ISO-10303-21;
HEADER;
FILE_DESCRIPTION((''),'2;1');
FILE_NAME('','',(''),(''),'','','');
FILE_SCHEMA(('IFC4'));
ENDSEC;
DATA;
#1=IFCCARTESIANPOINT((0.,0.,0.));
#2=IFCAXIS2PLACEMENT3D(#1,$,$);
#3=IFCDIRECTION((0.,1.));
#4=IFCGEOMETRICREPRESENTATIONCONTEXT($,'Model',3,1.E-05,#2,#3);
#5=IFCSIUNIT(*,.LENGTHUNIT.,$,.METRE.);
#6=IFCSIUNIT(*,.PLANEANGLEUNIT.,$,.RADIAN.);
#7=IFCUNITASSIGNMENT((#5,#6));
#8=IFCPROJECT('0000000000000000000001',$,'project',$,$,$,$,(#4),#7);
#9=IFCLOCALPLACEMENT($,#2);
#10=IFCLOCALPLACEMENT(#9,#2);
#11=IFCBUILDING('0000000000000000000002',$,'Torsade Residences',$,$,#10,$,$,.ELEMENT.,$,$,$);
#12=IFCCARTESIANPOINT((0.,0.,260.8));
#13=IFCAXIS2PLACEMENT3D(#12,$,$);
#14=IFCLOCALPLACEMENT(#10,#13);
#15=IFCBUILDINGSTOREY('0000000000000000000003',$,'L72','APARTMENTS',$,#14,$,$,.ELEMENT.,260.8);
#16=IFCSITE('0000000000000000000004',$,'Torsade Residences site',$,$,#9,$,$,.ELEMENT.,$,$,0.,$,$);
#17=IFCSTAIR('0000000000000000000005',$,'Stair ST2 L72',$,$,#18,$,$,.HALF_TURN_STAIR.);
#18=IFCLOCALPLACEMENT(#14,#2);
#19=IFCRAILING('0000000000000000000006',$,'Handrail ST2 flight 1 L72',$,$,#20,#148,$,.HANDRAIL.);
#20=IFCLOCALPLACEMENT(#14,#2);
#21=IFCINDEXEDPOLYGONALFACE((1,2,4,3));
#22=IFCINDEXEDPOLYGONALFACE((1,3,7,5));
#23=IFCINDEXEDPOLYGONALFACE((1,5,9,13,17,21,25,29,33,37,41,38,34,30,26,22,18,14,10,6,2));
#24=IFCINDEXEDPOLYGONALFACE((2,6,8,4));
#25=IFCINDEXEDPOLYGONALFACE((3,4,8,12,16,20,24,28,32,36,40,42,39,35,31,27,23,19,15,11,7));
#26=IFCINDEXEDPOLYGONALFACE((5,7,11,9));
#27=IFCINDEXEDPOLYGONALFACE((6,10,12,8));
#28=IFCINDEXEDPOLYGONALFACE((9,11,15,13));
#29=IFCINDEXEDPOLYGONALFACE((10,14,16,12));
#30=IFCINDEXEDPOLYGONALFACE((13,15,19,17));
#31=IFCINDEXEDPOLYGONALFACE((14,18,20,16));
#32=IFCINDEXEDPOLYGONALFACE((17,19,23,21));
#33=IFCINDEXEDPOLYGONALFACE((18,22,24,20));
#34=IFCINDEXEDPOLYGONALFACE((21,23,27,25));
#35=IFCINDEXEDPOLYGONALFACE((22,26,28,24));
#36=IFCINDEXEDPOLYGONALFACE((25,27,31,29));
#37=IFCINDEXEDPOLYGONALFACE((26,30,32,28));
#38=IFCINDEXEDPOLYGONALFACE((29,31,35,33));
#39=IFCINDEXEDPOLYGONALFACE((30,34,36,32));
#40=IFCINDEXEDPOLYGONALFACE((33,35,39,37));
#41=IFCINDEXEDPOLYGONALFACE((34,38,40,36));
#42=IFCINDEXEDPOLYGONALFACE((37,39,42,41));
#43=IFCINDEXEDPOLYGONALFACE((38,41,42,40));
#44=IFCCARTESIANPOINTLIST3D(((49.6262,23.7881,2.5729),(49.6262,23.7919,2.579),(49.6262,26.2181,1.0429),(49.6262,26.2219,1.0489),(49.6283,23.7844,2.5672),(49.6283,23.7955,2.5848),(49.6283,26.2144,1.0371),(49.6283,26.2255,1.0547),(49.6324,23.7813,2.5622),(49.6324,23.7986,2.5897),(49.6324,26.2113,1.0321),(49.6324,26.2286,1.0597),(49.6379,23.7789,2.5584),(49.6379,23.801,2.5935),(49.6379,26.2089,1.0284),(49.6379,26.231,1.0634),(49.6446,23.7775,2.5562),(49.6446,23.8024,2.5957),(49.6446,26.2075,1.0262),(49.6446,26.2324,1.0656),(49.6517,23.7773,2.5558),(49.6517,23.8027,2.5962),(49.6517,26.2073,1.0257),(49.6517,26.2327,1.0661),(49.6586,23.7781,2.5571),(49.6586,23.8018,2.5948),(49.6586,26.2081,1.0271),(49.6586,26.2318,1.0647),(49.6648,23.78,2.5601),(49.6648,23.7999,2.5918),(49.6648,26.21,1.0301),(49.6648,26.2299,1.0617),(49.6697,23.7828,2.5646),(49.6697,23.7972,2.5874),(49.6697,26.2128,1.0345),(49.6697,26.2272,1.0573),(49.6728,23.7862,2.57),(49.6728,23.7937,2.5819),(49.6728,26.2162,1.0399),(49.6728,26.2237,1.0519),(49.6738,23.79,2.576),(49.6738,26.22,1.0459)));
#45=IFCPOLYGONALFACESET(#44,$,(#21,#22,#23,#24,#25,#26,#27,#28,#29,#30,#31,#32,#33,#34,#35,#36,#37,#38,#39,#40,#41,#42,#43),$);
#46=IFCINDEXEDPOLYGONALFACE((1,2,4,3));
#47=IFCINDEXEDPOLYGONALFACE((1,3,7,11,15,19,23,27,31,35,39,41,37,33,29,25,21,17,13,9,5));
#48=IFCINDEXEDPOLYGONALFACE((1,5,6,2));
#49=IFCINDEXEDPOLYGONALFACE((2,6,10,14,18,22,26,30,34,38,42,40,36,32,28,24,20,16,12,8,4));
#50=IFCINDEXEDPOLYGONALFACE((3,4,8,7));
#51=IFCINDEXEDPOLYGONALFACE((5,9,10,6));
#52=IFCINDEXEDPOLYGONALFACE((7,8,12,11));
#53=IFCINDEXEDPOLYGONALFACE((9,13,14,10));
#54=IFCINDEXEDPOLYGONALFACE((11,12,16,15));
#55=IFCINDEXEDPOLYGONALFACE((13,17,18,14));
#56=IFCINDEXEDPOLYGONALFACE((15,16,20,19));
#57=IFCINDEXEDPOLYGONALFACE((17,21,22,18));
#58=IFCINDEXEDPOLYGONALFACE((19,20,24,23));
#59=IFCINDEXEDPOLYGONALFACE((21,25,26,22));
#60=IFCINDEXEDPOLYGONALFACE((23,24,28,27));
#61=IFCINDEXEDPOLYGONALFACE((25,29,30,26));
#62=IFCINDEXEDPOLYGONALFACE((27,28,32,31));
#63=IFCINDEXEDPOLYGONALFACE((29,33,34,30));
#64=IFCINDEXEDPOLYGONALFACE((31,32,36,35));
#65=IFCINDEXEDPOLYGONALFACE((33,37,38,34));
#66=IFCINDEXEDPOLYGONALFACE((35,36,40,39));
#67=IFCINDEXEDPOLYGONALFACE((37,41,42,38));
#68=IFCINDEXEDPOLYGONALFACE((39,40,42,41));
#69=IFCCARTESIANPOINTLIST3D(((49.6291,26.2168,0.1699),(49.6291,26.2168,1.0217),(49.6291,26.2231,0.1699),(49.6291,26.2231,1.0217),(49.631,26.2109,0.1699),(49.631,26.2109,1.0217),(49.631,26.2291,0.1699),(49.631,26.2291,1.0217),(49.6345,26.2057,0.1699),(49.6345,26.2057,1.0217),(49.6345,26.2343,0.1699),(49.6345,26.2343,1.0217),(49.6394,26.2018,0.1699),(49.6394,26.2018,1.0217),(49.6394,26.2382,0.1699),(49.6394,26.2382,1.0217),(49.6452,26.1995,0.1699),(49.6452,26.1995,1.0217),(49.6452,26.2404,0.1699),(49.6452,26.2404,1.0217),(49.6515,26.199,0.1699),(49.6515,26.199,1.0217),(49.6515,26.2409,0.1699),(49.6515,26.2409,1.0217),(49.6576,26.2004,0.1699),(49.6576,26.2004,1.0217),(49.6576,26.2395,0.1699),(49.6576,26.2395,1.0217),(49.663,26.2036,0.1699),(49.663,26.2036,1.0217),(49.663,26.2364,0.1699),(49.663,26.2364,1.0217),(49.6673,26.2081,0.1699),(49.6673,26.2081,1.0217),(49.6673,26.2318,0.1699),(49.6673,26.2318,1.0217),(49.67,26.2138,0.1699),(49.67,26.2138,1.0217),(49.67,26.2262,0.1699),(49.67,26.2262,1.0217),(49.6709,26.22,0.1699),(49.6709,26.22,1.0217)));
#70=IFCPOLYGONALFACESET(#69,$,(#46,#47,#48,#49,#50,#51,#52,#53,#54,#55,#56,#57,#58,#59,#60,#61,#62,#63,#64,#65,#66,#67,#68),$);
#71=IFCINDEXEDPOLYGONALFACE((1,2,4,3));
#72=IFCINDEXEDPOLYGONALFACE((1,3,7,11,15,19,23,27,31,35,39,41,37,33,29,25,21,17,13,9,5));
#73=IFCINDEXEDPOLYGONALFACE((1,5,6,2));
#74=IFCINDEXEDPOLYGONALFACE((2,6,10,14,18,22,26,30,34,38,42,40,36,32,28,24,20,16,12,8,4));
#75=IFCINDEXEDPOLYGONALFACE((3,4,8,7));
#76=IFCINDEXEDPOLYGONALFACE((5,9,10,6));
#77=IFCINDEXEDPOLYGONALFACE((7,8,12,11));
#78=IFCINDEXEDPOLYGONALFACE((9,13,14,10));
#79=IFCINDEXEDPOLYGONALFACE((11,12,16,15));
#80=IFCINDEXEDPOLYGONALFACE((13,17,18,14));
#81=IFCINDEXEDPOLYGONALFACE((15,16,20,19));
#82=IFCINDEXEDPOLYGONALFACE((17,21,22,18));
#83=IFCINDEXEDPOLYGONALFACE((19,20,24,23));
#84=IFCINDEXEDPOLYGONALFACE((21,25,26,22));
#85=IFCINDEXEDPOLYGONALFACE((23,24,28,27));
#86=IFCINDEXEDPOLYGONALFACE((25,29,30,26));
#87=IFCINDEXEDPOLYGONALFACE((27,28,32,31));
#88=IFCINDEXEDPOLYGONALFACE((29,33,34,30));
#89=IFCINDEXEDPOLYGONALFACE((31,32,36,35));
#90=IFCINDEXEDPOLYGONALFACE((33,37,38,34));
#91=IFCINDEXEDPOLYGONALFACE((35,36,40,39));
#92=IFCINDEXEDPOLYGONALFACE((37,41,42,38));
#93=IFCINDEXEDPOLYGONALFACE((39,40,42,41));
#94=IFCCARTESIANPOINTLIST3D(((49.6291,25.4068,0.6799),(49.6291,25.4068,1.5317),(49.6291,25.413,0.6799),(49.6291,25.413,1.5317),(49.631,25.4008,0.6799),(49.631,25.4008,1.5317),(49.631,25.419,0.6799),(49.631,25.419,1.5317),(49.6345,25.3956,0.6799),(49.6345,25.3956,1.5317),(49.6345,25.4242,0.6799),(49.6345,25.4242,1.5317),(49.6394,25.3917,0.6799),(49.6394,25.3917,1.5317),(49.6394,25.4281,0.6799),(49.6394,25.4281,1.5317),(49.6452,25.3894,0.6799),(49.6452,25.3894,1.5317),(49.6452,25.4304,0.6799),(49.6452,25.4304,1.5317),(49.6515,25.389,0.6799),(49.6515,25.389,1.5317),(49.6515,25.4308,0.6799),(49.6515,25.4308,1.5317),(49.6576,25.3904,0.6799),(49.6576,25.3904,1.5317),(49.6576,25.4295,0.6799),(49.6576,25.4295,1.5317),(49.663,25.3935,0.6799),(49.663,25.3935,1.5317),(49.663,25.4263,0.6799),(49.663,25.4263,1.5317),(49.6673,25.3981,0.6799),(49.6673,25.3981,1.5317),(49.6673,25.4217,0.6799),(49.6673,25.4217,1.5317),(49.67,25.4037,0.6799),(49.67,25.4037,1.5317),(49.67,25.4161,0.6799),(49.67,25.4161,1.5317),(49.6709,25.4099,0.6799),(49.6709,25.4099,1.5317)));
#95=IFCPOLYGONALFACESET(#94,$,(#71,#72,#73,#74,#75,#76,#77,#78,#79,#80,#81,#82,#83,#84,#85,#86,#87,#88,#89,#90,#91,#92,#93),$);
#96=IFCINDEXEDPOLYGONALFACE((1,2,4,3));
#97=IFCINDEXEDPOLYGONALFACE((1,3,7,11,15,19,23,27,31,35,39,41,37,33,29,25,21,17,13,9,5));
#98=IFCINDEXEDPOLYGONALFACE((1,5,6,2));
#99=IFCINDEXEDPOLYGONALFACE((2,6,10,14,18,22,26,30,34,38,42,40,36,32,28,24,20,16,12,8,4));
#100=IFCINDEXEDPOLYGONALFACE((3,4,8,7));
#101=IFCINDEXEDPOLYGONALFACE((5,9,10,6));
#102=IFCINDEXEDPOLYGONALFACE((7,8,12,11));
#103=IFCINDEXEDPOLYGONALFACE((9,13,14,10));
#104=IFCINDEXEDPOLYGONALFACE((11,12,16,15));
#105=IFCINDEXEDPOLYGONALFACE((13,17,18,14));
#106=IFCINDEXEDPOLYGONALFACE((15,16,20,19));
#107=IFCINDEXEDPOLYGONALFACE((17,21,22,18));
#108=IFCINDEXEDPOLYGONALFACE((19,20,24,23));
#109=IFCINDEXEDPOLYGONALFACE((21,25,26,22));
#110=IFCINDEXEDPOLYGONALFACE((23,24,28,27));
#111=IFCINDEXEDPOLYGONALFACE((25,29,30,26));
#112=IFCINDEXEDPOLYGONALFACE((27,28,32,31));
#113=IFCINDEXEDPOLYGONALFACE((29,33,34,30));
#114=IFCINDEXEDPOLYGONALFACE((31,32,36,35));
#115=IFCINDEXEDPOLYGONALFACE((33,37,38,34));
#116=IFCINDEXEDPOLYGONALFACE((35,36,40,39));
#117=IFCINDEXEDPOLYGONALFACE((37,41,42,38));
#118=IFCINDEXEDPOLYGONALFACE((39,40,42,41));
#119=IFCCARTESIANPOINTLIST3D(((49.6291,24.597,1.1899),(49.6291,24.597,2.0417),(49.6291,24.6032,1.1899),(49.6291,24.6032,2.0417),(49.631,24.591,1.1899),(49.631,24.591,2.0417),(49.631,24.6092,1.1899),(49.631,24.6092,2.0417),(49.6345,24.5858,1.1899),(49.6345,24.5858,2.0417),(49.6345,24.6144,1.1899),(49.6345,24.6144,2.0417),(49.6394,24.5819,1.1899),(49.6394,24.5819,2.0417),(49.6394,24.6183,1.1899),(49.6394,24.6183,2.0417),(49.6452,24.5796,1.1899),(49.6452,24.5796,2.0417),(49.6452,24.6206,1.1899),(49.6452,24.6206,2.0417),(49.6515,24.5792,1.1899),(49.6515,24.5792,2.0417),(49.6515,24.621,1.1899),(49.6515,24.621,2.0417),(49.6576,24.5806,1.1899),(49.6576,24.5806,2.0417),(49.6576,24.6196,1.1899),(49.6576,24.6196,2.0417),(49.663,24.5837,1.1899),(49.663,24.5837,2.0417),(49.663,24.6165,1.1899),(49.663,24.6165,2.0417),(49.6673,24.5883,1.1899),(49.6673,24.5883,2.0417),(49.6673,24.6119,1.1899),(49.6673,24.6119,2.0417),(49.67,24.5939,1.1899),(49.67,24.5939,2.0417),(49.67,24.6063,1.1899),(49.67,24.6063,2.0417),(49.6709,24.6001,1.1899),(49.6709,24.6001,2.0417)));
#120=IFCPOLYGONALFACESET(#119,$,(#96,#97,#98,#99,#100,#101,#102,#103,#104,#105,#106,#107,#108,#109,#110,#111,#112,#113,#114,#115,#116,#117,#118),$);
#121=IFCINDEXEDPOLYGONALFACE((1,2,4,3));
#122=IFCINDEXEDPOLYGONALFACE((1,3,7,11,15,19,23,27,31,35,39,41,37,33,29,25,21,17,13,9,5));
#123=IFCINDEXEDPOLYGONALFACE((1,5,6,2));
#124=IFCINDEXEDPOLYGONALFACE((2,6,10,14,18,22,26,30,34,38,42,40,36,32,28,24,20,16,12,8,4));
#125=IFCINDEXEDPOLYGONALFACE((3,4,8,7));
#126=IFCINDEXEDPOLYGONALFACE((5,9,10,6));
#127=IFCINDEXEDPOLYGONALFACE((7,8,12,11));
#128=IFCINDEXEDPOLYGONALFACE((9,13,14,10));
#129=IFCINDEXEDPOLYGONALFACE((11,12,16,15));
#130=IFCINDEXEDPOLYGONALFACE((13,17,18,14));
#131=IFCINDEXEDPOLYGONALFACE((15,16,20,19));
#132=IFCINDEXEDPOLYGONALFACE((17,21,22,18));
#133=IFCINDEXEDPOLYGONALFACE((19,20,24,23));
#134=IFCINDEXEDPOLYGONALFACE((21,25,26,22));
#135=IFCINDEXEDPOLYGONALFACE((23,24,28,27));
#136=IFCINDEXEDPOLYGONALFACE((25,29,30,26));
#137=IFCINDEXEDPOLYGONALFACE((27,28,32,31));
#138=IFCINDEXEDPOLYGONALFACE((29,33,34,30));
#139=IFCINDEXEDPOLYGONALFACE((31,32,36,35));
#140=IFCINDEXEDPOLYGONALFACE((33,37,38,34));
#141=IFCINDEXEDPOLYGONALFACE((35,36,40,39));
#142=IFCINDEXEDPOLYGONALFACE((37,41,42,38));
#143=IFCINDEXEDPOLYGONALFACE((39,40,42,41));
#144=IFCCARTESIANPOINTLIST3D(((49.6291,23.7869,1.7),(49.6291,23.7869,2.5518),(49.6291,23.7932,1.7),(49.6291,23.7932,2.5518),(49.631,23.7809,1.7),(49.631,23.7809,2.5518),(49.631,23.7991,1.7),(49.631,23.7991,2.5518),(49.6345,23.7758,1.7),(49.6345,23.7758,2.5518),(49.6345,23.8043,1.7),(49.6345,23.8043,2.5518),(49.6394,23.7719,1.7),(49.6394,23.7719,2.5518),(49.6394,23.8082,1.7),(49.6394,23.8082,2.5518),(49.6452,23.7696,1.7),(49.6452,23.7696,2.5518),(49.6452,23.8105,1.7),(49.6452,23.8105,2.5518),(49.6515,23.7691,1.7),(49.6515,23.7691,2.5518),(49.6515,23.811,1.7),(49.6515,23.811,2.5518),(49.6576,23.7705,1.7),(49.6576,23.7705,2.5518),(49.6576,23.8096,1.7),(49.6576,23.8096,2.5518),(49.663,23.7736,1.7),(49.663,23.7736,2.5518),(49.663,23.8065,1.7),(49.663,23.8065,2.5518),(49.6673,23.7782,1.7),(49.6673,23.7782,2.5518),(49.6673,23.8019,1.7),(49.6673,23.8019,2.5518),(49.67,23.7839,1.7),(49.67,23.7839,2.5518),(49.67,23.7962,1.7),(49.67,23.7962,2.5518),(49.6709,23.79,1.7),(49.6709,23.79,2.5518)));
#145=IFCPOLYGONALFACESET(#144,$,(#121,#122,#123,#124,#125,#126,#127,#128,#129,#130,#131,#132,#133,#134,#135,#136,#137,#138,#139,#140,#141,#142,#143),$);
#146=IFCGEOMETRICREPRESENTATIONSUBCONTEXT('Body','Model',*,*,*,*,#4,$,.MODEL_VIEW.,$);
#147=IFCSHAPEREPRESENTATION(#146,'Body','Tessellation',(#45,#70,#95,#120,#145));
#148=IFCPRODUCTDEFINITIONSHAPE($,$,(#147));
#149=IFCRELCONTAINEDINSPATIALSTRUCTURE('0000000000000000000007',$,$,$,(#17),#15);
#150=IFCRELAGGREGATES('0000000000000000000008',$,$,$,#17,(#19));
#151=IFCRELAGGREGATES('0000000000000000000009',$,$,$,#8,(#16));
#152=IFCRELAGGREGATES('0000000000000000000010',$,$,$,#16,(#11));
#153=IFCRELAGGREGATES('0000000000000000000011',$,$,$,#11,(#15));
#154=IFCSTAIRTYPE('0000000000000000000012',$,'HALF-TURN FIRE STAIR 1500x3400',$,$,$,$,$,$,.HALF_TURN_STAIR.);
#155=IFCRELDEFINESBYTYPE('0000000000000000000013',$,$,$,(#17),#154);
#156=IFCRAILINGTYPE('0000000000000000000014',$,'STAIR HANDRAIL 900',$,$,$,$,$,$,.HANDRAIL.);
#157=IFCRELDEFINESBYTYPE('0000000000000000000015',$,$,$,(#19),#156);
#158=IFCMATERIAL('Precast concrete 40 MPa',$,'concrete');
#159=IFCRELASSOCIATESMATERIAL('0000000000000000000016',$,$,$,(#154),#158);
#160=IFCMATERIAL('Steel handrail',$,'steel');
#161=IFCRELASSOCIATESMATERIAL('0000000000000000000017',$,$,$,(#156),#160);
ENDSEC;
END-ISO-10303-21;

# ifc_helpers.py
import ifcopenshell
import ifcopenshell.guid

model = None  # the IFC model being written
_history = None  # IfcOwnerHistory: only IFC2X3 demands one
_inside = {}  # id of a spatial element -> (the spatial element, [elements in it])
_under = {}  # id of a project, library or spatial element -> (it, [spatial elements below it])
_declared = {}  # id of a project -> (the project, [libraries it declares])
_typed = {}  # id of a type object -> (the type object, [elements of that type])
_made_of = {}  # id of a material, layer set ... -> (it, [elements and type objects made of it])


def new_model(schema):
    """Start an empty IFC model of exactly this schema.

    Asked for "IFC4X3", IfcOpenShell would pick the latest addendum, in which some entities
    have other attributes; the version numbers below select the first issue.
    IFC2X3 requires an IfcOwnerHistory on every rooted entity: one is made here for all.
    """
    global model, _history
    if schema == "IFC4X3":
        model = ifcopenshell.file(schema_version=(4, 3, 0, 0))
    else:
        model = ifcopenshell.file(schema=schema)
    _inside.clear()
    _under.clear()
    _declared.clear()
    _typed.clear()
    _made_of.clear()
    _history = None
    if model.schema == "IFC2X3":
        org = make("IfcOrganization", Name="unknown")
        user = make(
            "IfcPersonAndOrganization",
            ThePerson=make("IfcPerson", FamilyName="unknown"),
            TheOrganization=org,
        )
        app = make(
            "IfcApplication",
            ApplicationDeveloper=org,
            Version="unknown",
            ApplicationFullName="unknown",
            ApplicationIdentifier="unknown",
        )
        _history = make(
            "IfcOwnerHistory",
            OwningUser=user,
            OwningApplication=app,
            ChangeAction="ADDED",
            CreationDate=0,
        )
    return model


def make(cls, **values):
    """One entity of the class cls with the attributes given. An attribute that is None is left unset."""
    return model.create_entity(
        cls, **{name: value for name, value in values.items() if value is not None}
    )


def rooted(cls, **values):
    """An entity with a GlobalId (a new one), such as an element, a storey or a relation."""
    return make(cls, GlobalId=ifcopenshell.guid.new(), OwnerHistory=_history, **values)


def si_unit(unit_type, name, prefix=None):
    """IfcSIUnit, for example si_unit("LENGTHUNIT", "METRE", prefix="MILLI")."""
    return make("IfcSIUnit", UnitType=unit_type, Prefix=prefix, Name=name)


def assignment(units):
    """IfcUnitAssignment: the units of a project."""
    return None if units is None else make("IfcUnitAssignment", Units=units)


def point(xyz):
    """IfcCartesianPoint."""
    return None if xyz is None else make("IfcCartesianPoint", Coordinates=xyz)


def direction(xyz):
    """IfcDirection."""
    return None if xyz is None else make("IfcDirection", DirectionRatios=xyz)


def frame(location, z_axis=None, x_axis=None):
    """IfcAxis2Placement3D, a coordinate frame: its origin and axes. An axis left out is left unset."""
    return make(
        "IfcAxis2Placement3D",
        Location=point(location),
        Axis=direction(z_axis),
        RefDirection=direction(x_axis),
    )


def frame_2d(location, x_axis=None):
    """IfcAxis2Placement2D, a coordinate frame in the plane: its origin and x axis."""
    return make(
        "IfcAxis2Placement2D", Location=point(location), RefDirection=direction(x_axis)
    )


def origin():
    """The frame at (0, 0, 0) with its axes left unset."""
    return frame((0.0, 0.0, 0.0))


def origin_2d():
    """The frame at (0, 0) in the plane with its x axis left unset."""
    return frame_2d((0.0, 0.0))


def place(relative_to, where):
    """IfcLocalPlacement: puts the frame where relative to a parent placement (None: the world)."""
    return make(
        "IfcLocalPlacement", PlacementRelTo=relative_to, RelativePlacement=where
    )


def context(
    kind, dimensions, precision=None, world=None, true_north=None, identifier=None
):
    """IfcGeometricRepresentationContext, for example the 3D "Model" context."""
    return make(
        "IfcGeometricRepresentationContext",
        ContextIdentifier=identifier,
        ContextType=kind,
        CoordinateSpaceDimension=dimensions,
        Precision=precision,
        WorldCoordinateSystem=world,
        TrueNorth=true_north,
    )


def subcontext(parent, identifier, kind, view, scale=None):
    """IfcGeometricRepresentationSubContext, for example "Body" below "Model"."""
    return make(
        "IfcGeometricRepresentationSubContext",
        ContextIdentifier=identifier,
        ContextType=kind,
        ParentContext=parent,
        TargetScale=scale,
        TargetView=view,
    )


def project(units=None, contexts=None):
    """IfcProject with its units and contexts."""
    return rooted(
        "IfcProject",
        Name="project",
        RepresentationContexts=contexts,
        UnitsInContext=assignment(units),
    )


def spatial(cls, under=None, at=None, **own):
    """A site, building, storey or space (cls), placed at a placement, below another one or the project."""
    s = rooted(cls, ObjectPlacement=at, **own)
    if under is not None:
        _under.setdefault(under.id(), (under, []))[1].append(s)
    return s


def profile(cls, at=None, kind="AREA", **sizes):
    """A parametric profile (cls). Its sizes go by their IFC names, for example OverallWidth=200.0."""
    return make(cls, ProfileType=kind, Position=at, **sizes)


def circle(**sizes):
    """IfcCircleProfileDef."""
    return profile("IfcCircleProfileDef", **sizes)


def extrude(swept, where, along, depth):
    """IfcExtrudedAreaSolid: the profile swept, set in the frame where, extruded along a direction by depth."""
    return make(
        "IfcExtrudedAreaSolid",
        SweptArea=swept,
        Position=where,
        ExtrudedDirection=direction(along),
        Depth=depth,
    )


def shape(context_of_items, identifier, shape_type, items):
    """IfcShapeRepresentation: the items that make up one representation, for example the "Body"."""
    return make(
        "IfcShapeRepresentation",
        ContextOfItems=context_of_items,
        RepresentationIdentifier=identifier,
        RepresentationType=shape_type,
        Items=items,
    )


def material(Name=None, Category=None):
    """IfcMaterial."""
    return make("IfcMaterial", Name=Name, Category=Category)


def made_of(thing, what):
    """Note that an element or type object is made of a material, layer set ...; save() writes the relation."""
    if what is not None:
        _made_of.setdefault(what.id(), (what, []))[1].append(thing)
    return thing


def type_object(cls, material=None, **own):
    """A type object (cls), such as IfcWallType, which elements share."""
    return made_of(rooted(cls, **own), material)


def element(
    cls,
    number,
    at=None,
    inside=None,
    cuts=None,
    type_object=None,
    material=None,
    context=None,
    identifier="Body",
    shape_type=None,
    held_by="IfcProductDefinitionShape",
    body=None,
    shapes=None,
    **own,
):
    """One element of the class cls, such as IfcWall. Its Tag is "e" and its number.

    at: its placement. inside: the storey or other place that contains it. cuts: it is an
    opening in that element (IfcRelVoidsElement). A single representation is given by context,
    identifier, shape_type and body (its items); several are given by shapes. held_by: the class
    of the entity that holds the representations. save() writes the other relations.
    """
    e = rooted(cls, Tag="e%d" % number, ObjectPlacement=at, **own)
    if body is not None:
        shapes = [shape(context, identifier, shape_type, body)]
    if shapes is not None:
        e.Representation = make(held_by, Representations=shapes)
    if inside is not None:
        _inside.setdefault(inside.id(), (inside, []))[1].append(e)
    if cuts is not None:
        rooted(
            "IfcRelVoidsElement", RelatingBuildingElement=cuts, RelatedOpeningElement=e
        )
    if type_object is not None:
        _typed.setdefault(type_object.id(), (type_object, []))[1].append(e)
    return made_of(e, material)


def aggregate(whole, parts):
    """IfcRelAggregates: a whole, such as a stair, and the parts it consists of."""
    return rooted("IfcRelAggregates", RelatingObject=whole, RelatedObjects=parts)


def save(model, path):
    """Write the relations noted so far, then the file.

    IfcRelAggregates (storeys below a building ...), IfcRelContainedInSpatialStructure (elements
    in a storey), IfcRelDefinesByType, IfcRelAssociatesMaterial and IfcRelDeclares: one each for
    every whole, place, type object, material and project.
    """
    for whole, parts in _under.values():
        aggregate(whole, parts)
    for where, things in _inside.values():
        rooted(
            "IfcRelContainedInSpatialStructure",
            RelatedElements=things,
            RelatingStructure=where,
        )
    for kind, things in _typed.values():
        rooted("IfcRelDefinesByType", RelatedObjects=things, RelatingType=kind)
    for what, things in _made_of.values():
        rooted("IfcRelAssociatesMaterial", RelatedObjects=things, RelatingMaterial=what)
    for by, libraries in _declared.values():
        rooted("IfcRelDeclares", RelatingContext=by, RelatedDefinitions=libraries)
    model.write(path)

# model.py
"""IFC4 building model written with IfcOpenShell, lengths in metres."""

from ifc_helpers import new_model, si_unit, direction, frame, origin, origin_2d, place, context, subcontext, project, spatial, circle, extrude, material, type_object, element, aggregate, save


model = new_model("IFC4")

# Units and contexts
model_context = context("Model", 3, precision=1e-05, world=origin(), true_north=direction((0.0, 1.0)))
body_context = subcontext(model_context, "Body", "Model", "MODEL_VIEW")
ifc_project = project(units=[si_unit("LENGTHUNIT", "METRE"), si_unit("PLANEANGLEUNIT", "RADIAN")], contexts=[model_context])

# Site, building, storey
site_placement = place(None, origin())
site = spatial("IfcSite", under=ifc_project, at=site_placement, Name="Torsade Residences site", CompositionType="ELEMENT", RefElevation=0.0)
building_placement = place(site_placement, origin())
building = spatial("IfcBuilding", under=site, at=building_placement, Name="Torsade Residences", CompositionType="ELEMENT")
storey_placement = place(building_placement, frame((0.0, 0.0, 260.8)))
storey = spatial("IfcBuildingStorey", under=building, at=storey_placement, Name="L72", Description="APARTMENTS", CompositionType="ELEMENT", Elevation=260.8)

# Stair, railing
ifc_material_1 = material(Name="Precast concrete 40 MPa", Category="concrete")
stair_type = type_object("IfcStairType", Name="HALF-TURN FIRE STAIR 1500x3400", PredefinedType="HALF_TURN_STAIR", material=ifc_material_1)
stair_placement = place(storey_placement, origin())
stair = element("IfcStair", 1, at=stair_placement, inside=storey, type_object=stair_type, Name="Stair ST2 L72", PredefinedType="HALF_TURN_STAIR")
ifc_material_2 = material(Name="Steel handrail", Category="steel")
railing_type = type_object("IfcRailingType", Name="STAIR HANDRAIL 900", PredefinedType="HANDRAIL", material=ifc_material_2)
railing_1_placement = place(storey_placement, frame((49.6499, 26.22, 0.1699)))
railing_1 = element("IfcRailing", 2, at=railing_1_placement, type_object=railing_type, Name="Handrail ST2 flight 1 L72", PredefinedType="HANDRAIL", context=body_context, shape_type="SweptSolid", body=[
    extrude(circle(Radius=0.0239, at=origin_2d()), frame((0.0, 0.0, 0.876), z_axis=(0.0, -0.846221, 0.532831), x_axis=(1.0, 0.0, 0.0)), (0.0, 0.0, 1.0), 2.8716),
    extrude(circle(Radius=0.021, at=origin_2d()), origin(), (0.0, 0.0, 1.0), 0.8518),
    extrude(circle(Radius=0.021, at=origin_2d()), frame((0.0, -0.8101, 0.51)), (0.0, 0.0, 1.0), 0.8518),
    extrude(circle(Radius=0.021, at=origin_2d()), frame((0.0, -1.6199, 1.02)), (0.0, 0.0, 1.0), 0.8518),
    extrude(circle(Radius=0.021, at=origin_2d()), frame((0.0, -2.4299, 1.53)), (0.0, 0.0, 1.0), 0.8518),
])
aggregate(stair, [railing_1])

save(model, "model.ifc")
